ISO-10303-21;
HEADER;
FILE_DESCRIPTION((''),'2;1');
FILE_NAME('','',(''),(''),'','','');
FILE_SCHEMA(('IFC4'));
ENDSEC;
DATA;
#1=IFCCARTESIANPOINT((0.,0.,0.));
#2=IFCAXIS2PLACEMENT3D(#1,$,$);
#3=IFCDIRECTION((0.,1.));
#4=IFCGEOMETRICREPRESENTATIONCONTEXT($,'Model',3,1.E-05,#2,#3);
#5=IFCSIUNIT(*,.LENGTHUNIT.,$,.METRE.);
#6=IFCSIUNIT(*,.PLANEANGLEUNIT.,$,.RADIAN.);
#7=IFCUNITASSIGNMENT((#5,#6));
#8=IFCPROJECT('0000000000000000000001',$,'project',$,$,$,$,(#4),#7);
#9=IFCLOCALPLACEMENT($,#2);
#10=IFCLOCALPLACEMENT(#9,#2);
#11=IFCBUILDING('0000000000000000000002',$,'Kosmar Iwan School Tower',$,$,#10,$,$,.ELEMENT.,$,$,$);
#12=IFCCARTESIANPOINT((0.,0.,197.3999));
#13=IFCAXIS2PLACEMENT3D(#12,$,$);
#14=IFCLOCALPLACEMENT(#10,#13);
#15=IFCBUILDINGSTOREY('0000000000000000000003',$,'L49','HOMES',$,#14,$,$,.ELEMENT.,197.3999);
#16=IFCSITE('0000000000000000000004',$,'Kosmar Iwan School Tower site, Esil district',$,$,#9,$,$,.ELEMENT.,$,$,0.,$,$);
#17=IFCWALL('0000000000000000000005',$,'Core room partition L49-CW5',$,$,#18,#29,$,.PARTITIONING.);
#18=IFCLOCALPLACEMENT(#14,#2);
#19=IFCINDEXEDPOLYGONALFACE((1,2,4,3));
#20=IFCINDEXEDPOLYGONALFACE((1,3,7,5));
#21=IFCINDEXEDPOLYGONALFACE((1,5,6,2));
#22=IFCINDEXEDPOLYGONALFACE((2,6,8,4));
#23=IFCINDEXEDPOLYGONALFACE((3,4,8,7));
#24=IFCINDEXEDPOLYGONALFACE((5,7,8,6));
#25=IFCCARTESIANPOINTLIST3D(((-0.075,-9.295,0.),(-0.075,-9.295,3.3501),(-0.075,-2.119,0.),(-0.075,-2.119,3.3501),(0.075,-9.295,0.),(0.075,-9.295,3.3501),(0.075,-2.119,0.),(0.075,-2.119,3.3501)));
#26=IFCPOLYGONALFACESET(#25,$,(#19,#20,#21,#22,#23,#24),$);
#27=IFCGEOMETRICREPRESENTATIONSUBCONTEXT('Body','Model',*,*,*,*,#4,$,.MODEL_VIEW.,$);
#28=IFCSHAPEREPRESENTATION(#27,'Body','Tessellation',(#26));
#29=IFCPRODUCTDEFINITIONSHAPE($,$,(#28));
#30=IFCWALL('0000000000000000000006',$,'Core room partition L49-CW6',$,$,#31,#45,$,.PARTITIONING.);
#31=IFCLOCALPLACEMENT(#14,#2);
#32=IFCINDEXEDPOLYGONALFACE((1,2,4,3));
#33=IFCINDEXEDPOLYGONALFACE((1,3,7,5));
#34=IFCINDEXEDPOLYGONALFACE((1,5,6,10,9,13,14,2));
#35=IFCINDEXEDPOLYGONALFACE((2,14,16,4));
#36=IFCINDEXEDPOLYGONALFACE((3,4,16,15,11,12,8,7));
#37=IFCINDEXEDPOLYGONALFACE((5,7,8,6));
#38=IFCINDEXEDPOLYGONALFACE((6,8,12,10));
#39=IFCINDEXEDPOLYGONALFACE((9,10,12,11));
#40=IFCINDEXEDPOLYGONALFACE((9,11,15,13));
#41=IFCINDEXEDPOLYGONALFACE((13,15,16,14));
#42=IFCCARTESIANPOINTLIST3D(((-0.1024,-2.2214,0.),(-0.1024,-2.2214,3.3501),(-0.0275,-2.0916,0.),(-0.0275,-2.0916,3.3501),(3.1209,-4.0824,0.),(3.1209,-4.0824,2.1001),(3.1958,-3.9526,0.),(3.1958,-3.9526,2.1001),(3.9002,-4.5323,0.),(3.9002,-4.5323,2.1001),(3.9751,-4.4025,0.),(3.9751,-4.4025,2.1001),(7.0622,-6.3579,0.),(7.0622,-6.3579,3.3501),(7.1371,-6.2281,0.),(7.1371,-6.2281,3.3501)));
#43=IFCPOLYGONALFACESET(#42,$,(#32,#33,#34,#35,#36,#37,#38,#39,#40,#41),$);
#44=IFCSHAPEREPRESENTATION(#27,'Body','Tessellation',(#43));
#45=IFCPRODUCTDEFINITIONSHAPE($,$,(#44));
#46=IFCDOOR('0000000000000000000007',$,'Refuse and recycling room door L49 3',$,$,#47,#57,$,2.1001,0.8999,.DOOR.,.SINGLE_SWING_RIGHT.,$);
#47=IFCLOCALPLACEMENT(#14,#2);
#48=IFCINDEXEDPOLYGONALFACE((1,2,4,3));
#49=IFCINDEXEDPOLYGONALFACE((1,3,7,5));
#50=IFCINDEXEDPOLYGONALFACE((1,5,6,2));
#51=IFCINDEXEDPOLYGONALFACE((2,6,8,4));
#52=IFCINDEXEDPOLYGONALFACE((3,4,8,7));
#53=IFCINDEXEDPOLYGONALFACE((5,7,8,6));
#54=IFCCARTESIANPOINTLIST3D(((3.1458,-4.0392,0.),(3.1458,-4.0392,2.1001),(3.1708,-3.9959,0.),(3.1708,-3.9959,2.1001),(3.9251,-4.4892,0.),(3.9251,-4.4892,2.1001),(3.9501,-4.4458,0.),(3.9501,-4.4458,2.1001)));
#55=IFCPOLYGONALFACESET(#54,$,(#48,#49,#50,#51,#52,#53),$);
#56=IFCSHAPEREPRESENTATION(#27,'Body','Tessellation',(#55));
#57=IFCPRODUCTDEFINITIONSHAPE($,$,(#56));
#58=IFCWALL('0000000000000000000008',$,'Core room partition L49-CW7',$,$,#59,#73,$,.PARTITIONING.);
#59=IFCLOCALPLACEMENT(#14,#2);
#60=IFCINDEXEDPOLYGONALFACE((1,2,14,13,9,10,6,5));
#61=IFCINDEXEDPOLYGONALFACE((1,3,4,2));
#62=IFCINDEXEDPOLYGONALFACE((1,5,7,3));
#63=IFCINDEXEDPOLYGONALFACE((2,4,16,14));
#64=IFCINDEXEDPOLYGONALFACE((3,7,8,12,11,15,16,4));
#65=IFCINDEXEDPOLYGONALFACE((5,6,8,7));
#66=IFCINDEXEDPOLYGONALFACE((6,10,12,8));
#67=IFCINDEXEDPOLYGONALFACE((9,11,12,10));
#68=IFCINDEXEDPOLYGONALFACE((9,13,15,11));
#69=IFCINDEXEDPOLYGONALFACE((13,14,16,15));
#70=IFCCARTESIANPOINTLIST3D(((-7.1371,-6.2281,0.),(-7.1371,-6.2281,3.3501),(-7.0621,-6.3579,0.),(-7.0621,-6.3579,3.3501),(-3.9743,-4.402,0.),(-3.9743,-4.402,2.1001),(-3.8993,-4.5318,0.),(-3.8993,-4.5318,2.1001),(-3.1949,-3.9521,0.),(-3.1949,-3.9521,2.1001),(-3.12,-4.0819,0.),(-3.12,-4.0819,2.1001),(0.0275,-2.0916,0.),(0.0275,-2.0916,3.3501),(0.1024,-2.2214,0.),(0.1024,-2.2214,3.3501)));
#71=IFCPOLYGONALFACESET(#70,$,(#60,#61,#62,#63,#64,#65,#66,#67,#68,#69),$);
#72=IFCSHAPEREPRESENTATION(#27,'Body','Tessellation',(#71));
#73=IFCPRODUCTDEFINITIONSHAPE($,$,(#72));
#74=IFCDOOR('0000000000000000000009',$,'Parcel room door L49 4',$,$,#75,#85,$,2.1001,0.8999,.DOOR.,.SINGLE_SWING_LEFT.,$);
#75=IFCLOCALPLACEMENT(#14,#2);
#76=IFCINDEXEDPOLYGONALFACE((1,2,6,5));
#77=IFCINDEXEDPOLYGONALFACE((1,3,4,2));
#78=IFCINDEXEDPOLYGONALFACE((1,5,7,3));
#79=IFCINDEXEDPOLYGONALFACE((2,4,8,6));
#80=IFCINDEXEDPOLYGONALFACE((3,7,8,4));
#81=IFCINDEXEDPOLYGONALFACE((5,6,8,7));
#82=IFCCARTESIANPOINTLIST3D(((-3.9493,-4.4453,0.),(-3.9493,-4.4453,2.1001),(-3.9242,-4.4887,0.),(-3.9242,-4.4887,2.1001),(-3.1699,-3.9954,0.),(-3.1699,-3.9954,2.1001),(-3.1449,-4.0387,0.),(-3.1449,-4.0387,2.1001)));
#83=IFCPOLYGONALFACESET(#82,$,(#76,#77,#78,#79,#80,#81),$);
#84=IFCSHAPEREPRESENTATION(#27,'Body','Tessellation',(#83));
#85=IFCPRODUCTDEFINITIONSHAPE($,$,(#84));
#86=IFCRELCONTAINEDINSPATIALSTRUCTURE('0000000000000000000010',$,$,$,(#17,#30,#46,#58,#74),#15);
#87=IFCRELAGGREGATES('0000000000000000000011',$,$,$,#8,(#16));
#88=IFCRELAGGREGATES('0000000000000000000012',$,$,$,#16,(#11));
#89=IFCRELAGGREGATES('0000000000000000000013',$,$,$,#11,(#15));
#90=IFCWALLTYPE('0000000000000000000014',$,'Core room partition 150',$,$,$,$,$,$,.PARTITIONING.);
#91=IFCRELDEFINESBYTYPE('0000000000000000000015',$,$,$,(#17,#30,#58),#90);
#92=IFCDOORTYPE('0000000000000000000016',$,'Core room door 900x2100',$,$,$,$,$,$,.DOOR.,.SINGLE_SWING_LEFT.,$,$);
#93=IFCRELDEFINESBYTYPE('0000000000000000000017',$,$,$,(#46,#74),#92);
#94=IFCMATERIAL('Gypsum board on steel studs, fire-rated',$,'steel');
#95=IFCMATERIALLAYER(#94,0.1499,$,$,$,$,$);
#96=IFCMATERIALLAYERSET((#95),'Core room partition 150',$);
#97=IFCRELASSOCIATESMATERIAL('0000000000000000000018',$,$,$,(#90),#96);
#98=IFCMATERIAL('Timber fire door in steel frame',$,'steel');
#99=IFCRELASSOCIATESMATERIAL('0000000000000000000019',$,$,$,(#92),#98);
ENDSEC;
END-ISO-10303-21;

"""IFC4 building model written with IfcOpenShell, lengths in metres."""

from ifc_helpers import new_model, si_unit, direction, frame, frame_2d, origin, place, context, subcontext, project, spatial, rectangle, extrude, material, layer, layer_set, type_object, element, fill, save


model = new_model("IFC4")

# Units and contexts
model_context = context("Model", 3, precision=1e-05, world=origin(), true_north=direction((0.0, 1.0)))
body_context = subcontext(model_context, "Body", "Model", "MODEL_VIEW")
ifc_project = project(units=[si_unit("LENGTHUNIT", "METRE"), si_unit("PLANEANGLEUNIT", "RADIAN")], contexts=[model_context])

# Site, building, storey
site_placement = place(None, origin())
site = spatial("IfcSite", under=ifc_project, at=site_placement, Name="Kosmar Iwan School Tower site, Esil district", CompositionType="ELEMENT", RefElevation=0.0)
building_placement = place(site_placement, origin())
building = spatial("IfcBuilding", under=site, at=building_placement, Name="Kosmar Iwan School Tower", CompositionType="ELEMENT")
storey_placement = place(building_placement, frame((0.0, 0.0, 197.3999)))
storey = spatial("IfcBuildingStorey", under=building, at=storey_placement, Name="L49", Description="HOMES", CompositionType="ELEMENT", Elevation=197.3999)

# Wall
ifc_material_1 = material(Name="Gypsum board on steel studs, fire-rated", Category="steel")
ifc_layer_1 = layer(ifc_material_1, 0.1499)
ifc_layer_set_1 = layer_set([ifc_layer_1], Name="Core room partition 150")
wall_type_1 = type_object("IfcWallType", Name="Core room partition 150", PredefinedType="PARTITIONING", material=ifc_layer_set_1)
wall_1_placement = place(storey_placement, frame((0.0, -9.2949, 0.0), z_axis=(0.0, 0.0, 1.0), x_axis=(0.0, 1.0, 0.0)))
element("IfcWall", 1, at=wall_1_placement, inside=storey, type_object=wall_type_1, Name="Core room partition L49-CW5", PredefinedType="PARTITIONING", context=body_context, shape_type="SweptSolid", body=[
    extrude(rectangle(XDim=7.176, YDim=0.1499, at=frame_2d((3.5879, 0.0))), origin(), (0.0, 0.0, 1.0), 3.3501),
])

# Walls, openings, doors
wall_2_placement = place(storey_placement, frame((-0.0649, -2.1565, 0.0), z_axis=(0.0, 0.0, 1.0), x_axis=(0.866024, -0.500002, 0.0)))
wall_2 = element("IfcWall", 2, at=wall_2_placement, inside=storey, type_object=wall_type_1, Name="Core room partition L49-CW6", PredefinedType="PARTITIONING", context=body_context, shape_type="SweptSolid", body=[
    extrude(rectangle(XDim=8.2729, YDim=0.1499, at=frame_2d((4.1365, 0.0))), origin(), (0.0, 0.0, 1.0), 3.3501),
])
opening_1_placement = place(wall_2_placement, frame((3.7219, 0.0, 0.0)))
opening_1 = element("IfcOpeningElement", 3, at=opening_1_placement, cuts=wall_2, PredefinedType="OPENING", context=body_context, shape_type="SweptSolid", body=[
    extrude(rectangle(XDim=0.8999, YDim=2.1001, at=frame_2d((0.45, 1.05))), frame((0.0, 0.0869, 0.0), z_axis=(0.0, -1.0, 0.0), x_axis=(1.0, 0.0, 0.0)), (0.0, 0.0, 1.0), 0.1738),
])
ifc_material_2 = material(Name="Timber fire door in steel frame", Category="steel")
door_type_1 = type_object("IfcDoorType", Name="Core room door 900x2100", OperationType="SINGLE_SWING_LEFT", PredefinedType="DOOR", material=ifc_material_2)
door_1_placement = place(opening_1_placement, origin())
door_1 = element("IfcDoor", 4, at=door_1_placement, inside=storey, type_object=door_type_1, Name="Refuse and recycling room door L49 3", OperationType="SINGLE_SWING_RIGHT", OverallHeight=2.1001, OverallWidth=0.8999, PredefinedType="DOOR", context=body_context, shape_type="SweptSolid", body=[
    extrude(rectangle(XDim=0.8999, YDim=2.1001, at=frame_2d((0.45, 1.05))), frame((0.0, 0.0249, 0.0), z_axis=(0.0, -1.0, 0.0), x_axis=(1.0, 0.0, 0.0)), (0.0, 0.0, 1.0), 0.05),
])
fill(opening_1, door_1)
wall_3_placement = place(storey_placement, frame((-7.0996, -6.293, 0.0), z_axis=(0.0, 0.0, 1.0), x_axis=(0.866024, 0.500002, 0.0)))
wall_3 = element("IfcWall", 5, at=wall_3_placement, inside=storey, type_object=wall_type_1, Name="Core room partition L49-CW7", PredefinedType="PARTITIONING", context=body_context, shape_type="SweptSolid", body=[
    extrude(rectangle(XDim=8.2729, YDim=0.1499, at=frame_2d((4.1365, 0.0))), origin(), (0.0, 0.0, 1.0), 3.3501),
])
opening_2_placement = place(wall_3_placement, frame((3.6521, 0.0, 0.0)))
opening_2 = element("IfcOpeningElement", 6, at=opening_2_placement, cuts=wall_3, PredefinedType="OPENING", context=body_context, shape_type="SweptSolid", body=[
    extrude(rectangle(XDim=0.8999, YDim=2.1001, at=frame_2d((0.45, 1.05))), frame((0.0, 0.0869, 0.0), z_axis=(0.0, -1.0, 0.0), x_axis=(1.0, 0.0, 0.0)), (0.0, 0.0, 1.0), 0.1738),
])
door_2_placement = place(opening_2_placement, origin())
door_2 = element("IfcDoor", 7, at=door_2_placement, inside=storey, type_object=door_type_1, Name="Parcel room door L49 4", OperationType="SINGLE_SWING_LEFT", OverallHeight=2.1001, OverallWidth=0.8999, PredefinedType="DOOR", context=body_context, shape_type="SweptSolid", body=[
    extrude(rectangle(XDim=0.8999, YDim=2.1001, at=frame_2d((0.45, 1.05))), frame((0.0, 0.0249, 0.0), z_axis=(0.0, -1.0, 0.0), x_axis=(1.0, 0.0, 0.0)), (0.0, 0.0, 1.0), 0.05),
])
fill(opening_2, door_2)

save(model, "model.ifc")
